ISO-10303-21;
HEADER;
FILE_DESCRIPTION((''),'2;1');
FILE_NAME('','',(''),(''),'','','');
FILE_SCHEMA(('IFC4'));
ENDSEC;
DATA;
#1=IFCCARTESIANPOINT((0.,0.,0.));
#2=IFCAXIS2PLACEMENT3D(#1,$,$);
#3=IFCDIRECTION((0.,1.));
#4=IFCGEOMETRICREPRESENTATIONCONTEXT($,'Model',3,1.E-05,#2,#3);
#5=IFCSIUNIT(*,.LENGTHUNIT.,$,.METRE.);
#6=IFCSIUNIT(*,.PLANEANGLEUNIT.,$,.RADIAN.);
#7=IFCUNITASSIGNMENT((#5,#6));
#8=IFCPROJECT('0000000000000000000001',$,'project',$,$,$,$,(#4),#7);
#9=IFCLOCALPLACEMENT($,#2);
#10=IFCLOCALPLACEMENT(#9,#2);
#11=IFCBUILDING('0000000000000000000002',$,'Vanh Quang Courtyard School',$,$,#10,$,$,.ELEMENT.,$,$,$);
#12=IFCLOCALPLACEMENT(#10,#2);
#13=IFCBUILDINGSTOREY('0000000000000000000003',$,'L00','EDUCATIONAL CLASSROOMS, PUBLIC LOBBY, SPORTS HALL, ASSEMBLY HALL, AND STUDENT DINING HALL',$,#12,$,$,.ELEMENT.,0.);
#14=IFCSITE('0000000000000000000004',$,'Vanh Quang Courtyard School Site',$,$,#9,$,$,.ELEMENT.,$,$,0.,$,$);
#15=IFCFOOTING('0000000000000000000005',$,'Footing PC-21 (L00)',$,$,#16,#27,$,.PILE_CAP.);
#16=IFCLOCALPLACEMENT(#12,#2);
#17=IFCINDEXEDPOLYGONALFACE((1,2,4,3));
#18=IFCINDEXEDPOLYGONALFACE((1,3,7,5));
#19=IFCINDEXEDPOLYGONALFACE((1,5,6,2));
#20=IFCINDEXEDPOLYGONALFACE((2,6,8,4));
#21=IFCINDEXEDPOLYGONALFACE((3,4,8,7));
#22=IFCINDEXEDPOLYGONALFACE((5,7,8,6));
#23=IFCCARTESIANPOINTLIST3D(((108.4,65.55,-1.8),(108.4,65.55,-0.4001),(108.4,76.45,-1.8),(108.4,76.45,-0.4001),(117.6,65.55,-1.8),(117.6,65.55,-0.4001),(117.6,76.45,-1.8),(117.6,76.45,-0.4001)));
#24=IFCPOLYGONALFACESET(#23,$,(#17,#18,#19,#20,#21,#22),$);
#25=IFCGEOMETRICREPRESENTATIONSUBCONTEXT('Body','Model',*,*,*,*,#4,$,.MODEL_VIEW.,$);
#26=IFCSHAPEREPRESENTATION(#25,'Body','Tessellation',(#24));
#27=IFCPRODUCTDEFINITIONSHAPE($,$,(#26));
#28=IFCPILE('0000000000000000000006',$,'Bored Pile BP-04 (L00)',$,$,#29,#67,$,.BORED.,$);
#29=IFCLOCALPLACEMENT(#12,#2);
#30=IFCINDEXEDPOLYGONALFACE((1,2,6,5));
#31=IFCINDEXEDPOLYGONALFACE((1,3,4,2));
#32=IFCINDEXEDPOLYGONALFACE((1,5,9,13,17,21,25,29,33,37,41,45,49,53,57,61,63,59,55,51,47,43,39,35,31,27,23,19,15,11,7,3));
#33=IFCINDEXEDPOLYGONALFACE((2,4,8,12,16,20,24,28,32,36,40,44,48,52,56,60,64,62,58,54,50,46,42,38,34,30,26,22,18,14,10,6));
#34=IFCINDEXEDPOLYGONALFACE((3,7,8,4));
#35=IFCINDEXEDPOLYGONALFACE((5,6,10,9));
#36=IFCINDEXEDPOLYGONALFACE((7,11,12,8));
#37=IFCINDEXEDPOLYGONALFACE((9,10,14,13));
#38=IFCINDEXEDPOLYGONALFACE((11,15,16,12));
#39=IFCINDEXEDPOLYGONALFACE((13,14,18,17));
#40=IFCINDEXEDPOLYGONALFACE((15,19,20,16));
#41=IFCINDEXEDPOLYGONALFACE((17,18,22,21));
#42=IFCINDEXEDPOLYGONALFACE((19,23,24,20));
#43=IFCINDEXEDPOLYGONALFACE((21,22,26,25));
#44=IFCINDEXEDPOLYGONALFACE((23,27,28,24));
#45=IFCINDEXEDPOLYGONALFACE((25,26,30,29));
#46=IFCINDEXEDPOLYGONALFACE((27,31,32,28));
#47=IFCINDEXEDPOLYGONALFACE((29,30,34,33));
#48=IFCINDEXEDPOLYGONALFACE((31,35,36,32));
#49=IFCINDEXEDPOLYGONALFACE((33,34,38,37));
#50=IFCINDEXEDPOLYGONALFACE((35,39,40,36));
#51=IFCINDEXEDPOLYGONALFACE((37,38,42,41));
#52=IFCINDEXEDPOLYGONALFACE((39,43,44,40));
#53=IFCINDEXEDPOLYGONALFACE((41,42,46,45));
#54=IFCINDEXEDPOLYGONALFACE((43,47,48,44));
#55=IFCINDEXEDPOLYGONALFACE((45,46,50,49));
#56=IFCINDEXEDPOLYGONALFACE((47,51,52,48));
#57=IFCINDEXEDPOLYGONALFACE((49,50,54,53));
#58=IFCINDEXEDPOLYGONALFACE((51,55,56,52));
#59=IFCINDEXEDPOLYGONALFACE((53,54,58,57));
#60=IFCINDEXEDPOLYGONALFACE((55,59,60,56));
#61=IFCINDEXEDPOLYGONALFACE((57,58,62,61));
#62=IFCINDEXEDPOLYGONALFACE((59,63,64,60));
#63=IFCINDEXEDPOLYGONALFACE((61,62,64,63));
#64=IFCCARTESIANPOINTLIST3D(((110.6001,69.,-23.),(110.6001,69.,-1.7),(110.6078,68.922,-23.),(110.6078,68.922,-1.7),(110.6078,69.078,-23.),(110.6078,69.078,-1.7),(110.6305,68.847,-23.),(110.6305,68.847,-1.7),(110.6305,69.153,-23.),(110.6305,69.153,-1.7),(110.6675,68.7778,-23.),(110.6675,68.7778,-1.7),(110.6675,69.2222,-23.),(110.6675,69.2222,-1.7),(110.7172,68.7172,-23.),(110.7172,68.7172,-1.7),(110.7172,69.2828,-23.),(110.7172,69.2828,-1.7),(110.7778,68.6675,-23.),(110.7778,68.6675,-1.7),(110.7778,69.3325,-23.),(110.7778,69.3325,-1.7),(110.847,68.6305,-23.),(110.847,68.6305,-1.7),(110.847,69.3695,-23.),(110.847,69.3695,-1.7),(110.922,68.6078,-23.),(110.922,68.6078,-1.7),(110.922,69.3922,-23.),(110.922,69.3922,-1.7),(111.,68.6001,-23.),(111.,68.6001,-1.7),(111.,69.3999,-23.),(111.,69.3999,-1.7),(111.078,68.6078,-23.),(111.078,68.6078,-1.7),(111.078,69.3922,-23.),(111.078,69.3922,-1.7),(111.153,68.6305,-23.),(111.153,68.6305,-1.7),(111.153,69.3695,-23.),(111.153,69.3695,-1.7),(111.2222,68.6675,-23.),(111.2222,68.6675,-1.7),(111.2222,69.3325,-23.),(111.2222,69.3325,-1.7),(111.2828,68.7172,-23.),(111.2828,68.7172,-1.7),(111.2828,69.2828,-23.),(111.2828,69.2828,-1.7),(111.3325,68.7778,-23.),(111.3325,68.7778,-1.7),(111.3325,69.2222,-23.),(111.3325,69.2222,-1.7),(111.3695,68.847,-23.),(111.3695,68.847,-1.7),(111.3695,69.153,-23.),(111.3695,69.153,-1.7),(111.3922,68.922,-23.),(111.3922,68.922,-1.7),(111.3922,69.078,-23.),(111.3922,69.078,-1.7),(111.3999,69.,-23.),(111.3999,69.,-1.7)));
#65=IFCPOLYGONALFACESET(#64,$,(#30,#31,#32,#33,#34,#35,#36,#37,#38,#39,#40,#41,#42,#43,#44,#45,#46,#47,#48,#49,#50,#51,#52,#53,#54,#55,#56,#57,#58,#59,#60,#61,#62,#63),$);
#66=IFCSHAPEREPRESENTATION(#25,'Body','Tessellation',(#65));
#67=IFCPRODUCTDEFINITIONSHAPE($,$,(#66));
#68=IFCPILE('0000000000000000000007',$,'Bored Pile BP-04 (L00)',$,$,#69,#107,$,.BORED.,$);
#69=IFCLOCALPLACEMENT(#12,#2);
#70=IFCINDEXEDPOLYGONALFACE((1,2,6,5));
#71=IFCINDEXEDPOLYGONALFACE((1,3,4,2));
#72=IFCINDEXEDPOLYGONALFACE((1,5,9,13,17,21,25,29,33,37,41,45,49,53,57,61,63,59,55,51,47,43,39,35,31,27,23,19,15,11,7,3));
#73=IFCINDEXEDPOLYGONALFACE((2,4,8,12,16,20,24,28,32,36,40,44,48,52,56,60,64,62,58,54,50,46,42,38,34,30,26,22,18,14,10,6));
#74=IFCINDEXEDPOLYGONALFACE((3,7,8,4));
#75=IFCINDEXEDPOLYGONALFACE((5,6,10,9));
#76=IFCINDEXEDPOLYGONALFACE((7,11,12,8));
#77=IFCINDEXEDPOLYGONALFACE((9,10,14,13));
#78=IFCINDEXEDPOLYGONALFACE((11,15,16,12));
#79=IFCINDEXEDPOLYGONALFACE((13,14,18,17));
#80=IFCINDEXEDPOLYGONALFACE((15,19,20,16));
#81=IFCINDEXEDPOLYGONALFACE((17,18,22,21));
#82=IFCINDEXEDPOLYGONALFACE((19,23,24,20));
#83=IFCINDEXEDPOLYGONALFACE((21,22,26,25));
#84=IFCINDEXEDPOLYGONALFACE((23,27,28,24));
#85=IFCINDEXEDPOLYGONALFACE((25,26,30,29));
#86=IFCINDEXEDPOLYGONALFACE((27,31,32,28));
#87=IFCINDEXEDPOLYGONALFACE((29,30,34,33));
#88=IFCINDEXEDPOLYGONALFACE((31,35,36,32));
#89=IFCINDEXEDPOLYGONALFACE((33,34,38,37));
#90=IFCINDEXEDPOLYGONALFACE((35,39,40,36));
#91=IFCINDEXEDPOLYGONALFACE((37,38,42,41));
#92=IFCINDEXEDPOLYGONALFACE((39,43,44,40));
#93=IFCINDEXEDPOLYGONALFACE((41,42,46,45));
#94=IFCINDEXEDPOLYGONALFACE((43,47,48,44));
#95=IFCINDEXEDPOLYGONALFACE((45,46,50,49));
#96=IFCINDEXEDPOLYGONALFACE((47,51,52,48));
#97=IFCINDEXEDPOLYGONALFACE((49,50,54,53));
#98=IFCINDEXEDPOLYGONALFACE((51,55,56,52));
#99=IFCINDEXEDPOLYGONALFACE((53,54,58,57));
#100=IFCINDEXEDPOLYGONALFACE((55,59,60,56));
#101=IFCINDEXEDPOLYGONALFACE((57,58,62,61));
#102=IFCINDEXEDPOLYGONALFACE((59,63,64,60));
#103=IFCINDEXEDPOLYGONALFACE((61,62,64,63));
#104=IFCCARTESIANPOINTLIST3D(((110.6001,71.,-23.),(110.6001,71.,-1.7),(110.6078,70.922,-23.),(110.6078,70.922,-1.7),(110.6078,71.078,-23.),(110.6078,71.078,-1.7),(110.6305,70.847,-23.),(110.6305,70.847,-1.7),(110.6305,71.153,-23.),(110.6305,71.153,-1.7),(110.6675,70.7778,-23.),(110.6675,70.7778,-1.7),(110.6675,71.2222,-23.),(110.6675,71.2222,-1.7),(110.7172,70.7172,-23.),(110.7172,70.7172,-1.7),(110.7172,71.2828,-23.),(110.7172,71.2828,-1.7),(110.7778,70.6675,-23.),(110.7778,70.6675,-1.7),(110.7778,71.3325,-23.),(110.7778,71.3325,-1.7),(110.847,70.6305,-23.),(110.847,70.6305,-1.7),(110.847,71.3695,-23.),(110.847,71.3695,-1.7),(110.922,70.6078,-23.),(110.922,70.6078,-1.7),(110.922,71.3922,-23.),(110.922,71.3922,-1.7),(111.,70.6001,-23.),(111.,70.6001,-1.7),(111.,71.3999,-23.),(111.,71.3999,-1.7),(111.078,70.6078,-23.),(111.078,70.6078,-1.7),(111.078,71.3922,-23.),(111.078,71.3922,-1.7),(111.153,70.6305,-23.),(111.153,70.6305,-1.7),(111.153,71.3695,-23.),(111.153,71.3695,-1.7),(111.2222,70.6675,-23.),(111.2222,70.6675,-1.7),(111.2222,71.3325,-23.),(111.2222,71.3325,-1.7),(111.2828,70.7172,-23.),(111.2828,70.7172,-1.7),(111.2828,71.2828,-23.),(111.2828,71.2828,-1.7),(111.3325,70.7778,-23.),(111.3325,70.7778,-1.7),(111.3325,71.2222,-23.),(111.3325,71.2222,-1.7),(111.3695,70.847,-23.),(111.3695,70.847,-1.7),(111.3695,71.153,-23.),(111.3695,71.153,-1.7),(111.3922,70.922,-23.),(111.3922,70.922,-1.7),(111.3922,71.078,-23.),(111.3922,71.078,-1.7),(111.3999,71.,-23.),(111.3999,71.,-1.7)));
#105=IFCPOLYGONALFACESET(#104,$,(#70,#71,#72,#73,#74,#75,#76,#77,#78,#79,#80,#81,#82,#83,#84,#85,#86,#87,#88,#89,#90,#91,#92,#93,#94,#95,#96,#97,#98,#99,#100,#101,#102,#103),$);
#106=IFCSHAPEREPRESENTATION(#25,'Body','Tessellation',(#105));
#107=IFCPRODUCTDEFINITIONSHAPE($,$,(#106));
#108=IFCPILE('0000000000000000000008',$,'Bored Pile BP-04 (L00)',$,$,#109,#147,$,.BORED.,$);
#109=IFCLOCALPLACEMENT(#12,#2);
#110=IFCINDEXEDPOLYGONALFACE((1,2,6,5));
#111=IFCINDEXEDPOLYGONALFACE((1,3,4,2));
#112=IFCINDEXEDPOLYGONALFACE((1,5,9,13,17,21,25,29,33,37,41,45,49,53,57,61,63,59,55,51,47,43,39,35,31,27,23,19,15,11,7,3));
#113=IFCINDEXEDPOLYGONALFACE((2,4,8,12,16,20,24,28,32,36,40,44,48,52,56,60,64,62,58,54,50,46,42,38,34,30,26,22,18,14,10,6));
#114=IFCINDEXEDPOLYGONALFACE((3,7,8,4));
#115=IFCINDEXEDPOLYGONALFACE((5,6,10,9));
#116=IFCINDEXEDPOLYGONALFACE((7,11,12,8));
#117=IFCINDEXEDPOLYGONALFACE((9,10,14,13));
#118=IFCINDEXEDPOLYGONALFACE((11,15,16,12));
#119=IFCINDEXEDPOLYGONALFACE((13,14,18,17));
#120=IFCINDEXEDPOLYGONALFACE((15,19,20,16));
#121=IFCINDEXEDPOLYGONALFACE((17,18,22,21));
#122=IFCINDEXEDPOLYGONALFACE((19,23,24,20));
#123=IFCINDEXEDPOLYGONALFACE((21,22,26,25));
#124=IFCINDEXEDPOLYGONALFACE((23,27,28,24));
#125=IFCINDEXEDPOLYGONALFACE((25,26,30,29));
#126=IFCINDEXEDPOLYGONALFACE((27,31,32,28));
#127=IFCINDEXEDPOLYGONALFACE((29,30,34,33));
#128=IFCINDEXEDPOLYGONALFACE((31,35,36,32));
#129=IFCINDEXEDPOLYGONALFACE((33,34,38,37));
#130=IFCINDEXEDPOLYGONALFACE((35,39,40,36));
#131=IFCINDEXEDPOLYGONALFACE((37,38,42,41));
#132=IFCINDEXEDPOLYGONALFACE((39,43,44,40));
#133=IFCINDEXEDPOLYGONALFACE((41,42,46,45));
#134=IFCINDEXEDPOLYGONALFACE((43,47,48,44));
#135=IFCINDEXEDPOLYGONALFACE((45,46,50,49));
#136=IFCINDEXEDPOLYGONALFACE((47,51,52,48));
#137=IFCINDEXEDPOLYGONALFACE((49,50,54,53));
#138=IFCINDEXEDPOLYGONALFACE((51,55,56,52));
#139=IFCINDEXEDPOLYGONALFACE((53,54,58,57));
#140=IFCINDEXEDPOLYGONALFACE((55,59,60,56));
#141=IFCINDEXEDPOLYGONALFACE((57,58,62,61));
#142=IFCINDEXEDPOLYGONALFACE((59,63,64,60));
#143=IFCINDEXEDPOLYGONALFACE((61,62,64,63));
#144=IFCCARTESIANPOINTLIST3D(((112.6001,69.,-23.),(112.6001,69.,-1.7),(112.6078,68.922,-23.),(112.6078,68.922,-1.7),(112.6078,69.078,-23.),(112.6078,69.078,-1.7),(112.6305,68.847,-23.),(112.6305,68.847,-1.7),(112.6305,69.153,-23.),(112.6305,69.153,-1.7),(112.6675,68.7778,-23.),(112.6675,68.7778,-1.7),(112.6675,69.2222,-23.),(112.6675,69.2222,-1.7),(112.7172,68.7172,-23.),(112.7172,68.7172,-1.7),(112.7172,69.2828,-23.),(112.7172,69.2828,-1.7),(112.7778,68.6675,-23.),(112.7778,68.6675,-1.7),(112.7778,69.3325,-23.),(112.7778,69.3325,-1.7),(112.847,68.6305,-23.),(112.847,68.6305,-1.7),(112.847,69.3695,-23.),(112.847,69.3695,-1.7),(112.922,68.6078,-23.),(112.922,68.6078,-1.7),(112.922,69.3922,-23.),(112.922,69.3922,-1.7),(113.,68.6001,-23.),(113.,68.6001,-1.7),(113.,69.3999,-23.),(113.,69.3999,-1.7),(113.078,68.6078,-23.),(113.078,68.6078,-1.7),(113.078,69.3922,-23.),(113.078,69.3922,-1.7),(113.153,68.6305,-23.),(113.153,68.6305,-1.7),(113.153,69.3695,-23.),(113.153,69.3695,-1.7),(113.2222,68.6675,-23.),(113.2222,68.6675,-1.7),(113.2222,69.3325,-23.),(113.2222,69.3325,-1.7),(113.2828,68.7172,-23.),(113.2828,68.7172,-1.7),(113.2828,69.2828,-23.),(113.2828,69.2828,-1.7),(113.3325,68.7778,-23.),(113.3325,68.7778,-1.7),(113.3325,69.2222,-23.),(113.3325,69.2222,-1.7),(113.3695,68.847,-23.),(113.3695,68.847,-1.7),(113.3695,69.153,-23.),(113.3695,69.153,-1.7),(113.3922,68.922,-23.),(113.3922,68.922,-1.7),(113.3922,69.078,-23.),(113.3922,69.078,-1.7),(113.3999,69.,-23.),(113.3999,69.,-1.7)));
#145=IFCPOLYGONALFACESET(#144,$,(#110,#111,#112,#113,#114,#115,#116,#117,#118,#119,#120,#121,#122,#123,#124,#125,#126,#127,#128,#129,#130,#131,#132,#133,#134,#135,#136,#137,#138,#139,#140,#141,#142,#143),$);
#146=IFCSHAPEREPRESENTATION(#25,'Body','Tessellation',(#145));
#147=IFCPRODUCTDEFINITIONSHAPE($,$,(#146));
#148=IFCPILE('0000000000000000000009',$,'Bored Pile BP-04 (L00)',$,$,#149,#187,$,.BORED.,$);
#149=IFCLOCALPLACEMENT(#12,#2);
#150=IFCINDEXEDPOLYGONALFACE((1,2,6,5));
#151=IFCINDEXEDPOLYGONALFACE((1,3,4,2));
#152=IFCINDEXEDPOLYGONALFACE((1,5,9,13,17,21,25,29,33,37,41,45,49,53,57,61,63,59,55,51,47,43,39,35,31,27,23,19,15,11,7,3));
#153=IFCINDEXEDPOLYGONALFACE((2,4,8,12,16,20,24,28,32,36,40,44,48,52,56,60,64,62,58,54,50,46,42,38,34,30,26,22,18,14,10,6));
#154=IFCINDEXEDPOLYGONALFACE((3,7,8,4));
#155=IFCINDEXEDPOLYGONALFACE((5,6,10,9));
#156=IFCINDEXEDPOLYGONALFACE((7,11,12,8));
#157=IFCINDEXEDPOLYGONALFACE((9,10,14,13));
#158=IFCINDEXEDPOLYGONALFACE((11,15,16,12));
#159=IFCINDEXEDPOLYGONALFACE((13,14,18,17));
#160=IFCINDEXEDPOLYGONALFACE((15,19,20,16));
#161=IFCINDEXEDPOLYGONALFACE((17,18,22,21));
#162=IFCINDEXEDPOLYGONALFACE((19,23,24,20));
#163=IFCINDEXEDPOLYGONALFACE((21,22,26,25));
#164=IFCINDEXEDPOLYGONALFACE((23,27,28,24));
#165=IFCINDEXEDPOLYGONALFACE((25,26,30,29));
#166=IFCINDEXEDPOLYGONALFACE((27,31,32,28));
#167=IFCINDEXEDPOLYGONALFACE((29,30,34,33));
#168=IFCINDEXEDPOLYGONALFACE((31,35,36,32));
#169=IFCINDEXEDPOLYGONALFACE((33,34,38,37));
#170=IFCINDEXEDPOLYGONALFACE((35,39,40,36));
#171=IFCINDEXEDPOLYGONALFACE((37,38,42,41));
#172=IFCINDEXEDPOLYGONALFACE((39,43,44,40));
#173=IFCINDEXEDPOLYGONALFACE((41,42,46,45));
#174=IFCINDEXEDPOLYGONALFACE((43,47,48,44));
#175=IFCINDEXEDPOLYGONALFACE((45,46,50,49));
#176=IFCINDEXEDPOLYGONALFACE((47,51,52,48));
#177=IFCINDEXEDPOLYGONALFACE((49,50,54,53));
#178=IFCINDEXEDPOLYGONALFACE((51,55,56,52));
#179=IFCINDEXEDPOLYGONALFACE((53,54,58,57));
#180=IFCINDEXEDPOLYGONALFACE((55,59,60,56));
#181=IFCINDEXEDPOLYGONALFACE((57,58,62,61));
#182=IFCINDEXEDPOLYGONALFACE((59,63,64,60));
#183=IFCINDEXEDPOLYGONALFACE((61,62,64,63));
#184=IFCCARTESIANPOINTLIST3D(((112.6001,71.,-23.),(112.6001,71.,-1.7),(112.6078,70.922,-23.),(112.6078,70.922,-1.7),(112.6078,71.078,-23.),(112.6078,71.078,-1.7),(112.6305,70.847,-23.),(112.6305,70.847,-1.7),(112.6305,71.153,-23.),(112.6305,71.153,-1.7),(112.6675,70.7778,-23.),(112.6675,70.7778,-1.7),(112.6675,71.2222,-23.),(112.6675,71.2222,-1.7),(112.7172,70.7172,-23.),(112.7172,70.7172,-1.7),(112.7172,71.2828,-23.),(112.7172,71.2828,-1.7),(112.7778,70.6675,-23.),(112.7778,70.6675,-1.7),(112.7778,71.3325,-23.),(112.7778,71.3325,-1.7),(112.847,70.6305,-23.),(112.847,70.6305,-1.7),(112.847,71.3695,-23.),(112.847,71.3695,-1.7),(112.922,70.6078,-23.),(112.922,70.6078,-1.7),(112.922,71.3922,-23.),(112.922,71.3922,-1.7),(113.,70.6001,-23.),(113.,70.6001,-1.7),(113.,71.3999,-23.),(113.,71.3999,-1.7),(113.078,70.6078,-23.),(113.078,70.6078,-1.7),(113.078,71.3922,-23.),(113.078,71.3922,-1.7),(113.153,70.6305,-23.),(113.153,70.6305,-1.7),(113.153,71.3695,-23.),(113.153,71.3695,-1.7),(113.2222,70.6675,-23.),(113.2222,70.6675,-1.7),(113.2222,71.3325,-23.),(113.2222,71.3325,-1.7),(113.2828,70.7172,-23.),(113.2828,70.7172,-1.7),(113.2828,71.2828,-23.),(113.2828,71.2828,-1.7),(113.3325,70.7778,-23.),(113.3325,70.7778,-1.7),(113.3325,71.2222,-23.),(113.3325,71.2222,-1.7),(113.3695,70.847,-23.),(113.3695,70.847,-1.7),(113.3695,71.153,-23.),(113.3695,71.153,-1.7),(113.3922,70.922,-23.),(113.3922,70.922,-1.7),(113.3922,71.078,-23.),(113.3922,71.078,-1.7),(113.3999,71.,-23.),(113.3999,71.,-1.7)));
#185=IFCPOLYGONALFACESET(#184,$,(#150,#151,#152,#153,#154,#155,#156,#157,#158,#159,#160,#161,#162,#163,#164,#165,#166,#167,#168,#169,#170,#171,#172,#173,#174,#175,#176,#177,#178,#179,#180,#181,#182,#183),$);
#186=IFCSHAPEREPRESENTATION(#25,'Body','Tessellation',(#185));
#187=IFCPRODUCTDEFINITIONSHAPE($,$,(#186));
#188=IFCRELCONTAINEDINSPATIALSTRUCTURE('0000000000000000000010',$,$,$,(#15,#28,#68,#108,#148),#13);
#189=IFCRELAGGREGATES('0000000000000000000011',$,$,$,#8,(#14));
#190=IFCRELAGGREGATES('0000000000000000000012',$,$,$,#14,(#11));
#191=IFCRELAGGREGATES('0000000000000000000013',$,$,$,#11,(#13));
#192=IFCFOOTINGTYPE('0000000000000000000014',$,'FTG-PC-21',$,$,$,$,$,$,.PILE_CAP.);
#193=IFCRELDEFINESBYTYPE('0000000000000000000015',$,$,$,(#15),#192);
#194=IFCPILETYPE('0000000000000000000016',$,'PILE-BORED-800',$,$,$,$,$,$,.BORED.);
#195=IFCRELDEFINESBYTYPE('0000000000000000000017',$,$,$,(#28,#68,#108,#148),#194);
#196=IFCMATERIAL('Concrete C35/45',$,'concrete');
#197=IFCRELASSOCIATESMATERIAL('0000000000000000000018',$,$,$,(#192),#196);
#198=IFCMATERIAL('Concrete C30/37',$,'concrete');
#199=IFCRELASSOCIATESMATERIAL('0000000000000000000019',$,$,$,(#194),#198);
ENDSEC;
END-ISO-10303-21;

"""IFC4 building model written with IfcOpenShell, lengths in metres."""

from ifc_helpers import new_model, si_unit, direction, frame, origin, origin_2d, place, context, subcontext, project, spatial, rectangle, circle, extrude, material, material_profile, profile_set, type_object, element, save


model = new_model("IFC4")

# Units and contexts
model_context = context("Model", 3, precision=1e-05, world=origin(), true_north=direction((0.0, 1.0)))
body_context = subcontext(model_context, "Body", "Model", "MODEL_VIEW")
ifc_project = project(units=[si_unit("LENGTHUNIT", "METRE"), si_unit("PLANEANGLEUNIT", "RADIAN")], contexts=[model_context])

# Site, building, storey
site_placement = place(None, origin())
site = spatial("IfcSite", under=ifc_project, at=site_placement, Name="Vanh Quang Courtyard School Site", CompositionType="ELEMENT", RefElevation=0.0)
building_placement = place(site_placement, origin())
building = spatial("IfcBuilding", under=site, at=building_placement, Name="Vanh Quang Courtyard School", CompositionType="ELEMENT")
storey_placement = place(building_placement, origin())
storey = spatial("IfcBuildingStorey", under=building, at=storey_placement, Name="L00", Description="EDUCATIONAL CLASSROOMS, PUBLIC LOBBY, SPORTS HALL, ASSEMBLY HALL, AND STUDENT DINING HALL", CompositionType="ELEMENT", Elevation=0.0)

# Footing
ifc_material_1 = material(Name="Concrete C35/45", Category="concrete")
footing_type = type_object("IfcFootingType", Name="FTG-PC-21", PredefinedType="PILE_CAP", material=ifc_material_1)
footing_placement = place(storey_placement, frame((113.0, 71.0, -1.8), z_axis=(0.0, 0.0, 1.0), x_axis=(1.0, 0.0, 0.0)))
element("IfcFooting", 1, at=footing_placement, inside=storey, type_object=footing_type, Name="Footing PC-21 (L00)", PredefinedType="PILE_CAP", context=body_context, shape_type="SweptSolid", body=[
    extrude(rectangle(XDim=9.2, YDim=10.8999, at=origin_2d()), origin(), (0.0, 0.0, 1.0), 1.3999),
])

# Piles
ifc_material_2 = material(Name="Concrete C30/37", Category="concrete")
ifc_material_profile_1 = material_profile(ifc_material_2, circle(Radius=0.3999, at=origin_2d()), Name="PILE D800")
ifc_profile_set_1 = profile_set([ifc_material_profile_1], Name="Concrete C30/37")
pile_type = type_object("IfcPileType", Name="PILE-BORED-800", PredefinedType="BORED", material=ifc_profile_set_1)
for number, where, z_axis, x_axis, name in (
    (2, (111.0, 69.0, -1.7), (0.0, 0.0, -1.0), (1.0, 0.0, 0.0), "Bored Pile BP-04 (L00)"),
    (3, (111.0, 71.0, -1.7), (0.0, 0.0, -1.0), (1.0, 0.0, 0.0), "Bored Pile BP-04 (L00)"),
    (4, (113.0, 69.0, -1.7), (0.0, 0.0, -1.0), (1.0, 0.0, 0.0), "Bored Pile BP-04 (L00)"),
    (5, (113.0, 71.0, -1.7), (0.0, 0.0, -1.0), (1.0, 0.0, 0.0), "Bored Pile BP-04 (L00)"),
):
    element("IfcPile", number, at=place(storey_placement, frame(where, z_axis=z_axis, x_axis=x_axis)), inside=storey, type_object=pile_type, Name=name, PredefinedType="BORED", context=body_context, shape_type="SweptSolid", body=[
        extrude(circle(Radius=0.3999, at=origin_2d()), origin(), (0.0, 0.0, 1.0), 21.3),
    ])

save(model, "model.ifc")
